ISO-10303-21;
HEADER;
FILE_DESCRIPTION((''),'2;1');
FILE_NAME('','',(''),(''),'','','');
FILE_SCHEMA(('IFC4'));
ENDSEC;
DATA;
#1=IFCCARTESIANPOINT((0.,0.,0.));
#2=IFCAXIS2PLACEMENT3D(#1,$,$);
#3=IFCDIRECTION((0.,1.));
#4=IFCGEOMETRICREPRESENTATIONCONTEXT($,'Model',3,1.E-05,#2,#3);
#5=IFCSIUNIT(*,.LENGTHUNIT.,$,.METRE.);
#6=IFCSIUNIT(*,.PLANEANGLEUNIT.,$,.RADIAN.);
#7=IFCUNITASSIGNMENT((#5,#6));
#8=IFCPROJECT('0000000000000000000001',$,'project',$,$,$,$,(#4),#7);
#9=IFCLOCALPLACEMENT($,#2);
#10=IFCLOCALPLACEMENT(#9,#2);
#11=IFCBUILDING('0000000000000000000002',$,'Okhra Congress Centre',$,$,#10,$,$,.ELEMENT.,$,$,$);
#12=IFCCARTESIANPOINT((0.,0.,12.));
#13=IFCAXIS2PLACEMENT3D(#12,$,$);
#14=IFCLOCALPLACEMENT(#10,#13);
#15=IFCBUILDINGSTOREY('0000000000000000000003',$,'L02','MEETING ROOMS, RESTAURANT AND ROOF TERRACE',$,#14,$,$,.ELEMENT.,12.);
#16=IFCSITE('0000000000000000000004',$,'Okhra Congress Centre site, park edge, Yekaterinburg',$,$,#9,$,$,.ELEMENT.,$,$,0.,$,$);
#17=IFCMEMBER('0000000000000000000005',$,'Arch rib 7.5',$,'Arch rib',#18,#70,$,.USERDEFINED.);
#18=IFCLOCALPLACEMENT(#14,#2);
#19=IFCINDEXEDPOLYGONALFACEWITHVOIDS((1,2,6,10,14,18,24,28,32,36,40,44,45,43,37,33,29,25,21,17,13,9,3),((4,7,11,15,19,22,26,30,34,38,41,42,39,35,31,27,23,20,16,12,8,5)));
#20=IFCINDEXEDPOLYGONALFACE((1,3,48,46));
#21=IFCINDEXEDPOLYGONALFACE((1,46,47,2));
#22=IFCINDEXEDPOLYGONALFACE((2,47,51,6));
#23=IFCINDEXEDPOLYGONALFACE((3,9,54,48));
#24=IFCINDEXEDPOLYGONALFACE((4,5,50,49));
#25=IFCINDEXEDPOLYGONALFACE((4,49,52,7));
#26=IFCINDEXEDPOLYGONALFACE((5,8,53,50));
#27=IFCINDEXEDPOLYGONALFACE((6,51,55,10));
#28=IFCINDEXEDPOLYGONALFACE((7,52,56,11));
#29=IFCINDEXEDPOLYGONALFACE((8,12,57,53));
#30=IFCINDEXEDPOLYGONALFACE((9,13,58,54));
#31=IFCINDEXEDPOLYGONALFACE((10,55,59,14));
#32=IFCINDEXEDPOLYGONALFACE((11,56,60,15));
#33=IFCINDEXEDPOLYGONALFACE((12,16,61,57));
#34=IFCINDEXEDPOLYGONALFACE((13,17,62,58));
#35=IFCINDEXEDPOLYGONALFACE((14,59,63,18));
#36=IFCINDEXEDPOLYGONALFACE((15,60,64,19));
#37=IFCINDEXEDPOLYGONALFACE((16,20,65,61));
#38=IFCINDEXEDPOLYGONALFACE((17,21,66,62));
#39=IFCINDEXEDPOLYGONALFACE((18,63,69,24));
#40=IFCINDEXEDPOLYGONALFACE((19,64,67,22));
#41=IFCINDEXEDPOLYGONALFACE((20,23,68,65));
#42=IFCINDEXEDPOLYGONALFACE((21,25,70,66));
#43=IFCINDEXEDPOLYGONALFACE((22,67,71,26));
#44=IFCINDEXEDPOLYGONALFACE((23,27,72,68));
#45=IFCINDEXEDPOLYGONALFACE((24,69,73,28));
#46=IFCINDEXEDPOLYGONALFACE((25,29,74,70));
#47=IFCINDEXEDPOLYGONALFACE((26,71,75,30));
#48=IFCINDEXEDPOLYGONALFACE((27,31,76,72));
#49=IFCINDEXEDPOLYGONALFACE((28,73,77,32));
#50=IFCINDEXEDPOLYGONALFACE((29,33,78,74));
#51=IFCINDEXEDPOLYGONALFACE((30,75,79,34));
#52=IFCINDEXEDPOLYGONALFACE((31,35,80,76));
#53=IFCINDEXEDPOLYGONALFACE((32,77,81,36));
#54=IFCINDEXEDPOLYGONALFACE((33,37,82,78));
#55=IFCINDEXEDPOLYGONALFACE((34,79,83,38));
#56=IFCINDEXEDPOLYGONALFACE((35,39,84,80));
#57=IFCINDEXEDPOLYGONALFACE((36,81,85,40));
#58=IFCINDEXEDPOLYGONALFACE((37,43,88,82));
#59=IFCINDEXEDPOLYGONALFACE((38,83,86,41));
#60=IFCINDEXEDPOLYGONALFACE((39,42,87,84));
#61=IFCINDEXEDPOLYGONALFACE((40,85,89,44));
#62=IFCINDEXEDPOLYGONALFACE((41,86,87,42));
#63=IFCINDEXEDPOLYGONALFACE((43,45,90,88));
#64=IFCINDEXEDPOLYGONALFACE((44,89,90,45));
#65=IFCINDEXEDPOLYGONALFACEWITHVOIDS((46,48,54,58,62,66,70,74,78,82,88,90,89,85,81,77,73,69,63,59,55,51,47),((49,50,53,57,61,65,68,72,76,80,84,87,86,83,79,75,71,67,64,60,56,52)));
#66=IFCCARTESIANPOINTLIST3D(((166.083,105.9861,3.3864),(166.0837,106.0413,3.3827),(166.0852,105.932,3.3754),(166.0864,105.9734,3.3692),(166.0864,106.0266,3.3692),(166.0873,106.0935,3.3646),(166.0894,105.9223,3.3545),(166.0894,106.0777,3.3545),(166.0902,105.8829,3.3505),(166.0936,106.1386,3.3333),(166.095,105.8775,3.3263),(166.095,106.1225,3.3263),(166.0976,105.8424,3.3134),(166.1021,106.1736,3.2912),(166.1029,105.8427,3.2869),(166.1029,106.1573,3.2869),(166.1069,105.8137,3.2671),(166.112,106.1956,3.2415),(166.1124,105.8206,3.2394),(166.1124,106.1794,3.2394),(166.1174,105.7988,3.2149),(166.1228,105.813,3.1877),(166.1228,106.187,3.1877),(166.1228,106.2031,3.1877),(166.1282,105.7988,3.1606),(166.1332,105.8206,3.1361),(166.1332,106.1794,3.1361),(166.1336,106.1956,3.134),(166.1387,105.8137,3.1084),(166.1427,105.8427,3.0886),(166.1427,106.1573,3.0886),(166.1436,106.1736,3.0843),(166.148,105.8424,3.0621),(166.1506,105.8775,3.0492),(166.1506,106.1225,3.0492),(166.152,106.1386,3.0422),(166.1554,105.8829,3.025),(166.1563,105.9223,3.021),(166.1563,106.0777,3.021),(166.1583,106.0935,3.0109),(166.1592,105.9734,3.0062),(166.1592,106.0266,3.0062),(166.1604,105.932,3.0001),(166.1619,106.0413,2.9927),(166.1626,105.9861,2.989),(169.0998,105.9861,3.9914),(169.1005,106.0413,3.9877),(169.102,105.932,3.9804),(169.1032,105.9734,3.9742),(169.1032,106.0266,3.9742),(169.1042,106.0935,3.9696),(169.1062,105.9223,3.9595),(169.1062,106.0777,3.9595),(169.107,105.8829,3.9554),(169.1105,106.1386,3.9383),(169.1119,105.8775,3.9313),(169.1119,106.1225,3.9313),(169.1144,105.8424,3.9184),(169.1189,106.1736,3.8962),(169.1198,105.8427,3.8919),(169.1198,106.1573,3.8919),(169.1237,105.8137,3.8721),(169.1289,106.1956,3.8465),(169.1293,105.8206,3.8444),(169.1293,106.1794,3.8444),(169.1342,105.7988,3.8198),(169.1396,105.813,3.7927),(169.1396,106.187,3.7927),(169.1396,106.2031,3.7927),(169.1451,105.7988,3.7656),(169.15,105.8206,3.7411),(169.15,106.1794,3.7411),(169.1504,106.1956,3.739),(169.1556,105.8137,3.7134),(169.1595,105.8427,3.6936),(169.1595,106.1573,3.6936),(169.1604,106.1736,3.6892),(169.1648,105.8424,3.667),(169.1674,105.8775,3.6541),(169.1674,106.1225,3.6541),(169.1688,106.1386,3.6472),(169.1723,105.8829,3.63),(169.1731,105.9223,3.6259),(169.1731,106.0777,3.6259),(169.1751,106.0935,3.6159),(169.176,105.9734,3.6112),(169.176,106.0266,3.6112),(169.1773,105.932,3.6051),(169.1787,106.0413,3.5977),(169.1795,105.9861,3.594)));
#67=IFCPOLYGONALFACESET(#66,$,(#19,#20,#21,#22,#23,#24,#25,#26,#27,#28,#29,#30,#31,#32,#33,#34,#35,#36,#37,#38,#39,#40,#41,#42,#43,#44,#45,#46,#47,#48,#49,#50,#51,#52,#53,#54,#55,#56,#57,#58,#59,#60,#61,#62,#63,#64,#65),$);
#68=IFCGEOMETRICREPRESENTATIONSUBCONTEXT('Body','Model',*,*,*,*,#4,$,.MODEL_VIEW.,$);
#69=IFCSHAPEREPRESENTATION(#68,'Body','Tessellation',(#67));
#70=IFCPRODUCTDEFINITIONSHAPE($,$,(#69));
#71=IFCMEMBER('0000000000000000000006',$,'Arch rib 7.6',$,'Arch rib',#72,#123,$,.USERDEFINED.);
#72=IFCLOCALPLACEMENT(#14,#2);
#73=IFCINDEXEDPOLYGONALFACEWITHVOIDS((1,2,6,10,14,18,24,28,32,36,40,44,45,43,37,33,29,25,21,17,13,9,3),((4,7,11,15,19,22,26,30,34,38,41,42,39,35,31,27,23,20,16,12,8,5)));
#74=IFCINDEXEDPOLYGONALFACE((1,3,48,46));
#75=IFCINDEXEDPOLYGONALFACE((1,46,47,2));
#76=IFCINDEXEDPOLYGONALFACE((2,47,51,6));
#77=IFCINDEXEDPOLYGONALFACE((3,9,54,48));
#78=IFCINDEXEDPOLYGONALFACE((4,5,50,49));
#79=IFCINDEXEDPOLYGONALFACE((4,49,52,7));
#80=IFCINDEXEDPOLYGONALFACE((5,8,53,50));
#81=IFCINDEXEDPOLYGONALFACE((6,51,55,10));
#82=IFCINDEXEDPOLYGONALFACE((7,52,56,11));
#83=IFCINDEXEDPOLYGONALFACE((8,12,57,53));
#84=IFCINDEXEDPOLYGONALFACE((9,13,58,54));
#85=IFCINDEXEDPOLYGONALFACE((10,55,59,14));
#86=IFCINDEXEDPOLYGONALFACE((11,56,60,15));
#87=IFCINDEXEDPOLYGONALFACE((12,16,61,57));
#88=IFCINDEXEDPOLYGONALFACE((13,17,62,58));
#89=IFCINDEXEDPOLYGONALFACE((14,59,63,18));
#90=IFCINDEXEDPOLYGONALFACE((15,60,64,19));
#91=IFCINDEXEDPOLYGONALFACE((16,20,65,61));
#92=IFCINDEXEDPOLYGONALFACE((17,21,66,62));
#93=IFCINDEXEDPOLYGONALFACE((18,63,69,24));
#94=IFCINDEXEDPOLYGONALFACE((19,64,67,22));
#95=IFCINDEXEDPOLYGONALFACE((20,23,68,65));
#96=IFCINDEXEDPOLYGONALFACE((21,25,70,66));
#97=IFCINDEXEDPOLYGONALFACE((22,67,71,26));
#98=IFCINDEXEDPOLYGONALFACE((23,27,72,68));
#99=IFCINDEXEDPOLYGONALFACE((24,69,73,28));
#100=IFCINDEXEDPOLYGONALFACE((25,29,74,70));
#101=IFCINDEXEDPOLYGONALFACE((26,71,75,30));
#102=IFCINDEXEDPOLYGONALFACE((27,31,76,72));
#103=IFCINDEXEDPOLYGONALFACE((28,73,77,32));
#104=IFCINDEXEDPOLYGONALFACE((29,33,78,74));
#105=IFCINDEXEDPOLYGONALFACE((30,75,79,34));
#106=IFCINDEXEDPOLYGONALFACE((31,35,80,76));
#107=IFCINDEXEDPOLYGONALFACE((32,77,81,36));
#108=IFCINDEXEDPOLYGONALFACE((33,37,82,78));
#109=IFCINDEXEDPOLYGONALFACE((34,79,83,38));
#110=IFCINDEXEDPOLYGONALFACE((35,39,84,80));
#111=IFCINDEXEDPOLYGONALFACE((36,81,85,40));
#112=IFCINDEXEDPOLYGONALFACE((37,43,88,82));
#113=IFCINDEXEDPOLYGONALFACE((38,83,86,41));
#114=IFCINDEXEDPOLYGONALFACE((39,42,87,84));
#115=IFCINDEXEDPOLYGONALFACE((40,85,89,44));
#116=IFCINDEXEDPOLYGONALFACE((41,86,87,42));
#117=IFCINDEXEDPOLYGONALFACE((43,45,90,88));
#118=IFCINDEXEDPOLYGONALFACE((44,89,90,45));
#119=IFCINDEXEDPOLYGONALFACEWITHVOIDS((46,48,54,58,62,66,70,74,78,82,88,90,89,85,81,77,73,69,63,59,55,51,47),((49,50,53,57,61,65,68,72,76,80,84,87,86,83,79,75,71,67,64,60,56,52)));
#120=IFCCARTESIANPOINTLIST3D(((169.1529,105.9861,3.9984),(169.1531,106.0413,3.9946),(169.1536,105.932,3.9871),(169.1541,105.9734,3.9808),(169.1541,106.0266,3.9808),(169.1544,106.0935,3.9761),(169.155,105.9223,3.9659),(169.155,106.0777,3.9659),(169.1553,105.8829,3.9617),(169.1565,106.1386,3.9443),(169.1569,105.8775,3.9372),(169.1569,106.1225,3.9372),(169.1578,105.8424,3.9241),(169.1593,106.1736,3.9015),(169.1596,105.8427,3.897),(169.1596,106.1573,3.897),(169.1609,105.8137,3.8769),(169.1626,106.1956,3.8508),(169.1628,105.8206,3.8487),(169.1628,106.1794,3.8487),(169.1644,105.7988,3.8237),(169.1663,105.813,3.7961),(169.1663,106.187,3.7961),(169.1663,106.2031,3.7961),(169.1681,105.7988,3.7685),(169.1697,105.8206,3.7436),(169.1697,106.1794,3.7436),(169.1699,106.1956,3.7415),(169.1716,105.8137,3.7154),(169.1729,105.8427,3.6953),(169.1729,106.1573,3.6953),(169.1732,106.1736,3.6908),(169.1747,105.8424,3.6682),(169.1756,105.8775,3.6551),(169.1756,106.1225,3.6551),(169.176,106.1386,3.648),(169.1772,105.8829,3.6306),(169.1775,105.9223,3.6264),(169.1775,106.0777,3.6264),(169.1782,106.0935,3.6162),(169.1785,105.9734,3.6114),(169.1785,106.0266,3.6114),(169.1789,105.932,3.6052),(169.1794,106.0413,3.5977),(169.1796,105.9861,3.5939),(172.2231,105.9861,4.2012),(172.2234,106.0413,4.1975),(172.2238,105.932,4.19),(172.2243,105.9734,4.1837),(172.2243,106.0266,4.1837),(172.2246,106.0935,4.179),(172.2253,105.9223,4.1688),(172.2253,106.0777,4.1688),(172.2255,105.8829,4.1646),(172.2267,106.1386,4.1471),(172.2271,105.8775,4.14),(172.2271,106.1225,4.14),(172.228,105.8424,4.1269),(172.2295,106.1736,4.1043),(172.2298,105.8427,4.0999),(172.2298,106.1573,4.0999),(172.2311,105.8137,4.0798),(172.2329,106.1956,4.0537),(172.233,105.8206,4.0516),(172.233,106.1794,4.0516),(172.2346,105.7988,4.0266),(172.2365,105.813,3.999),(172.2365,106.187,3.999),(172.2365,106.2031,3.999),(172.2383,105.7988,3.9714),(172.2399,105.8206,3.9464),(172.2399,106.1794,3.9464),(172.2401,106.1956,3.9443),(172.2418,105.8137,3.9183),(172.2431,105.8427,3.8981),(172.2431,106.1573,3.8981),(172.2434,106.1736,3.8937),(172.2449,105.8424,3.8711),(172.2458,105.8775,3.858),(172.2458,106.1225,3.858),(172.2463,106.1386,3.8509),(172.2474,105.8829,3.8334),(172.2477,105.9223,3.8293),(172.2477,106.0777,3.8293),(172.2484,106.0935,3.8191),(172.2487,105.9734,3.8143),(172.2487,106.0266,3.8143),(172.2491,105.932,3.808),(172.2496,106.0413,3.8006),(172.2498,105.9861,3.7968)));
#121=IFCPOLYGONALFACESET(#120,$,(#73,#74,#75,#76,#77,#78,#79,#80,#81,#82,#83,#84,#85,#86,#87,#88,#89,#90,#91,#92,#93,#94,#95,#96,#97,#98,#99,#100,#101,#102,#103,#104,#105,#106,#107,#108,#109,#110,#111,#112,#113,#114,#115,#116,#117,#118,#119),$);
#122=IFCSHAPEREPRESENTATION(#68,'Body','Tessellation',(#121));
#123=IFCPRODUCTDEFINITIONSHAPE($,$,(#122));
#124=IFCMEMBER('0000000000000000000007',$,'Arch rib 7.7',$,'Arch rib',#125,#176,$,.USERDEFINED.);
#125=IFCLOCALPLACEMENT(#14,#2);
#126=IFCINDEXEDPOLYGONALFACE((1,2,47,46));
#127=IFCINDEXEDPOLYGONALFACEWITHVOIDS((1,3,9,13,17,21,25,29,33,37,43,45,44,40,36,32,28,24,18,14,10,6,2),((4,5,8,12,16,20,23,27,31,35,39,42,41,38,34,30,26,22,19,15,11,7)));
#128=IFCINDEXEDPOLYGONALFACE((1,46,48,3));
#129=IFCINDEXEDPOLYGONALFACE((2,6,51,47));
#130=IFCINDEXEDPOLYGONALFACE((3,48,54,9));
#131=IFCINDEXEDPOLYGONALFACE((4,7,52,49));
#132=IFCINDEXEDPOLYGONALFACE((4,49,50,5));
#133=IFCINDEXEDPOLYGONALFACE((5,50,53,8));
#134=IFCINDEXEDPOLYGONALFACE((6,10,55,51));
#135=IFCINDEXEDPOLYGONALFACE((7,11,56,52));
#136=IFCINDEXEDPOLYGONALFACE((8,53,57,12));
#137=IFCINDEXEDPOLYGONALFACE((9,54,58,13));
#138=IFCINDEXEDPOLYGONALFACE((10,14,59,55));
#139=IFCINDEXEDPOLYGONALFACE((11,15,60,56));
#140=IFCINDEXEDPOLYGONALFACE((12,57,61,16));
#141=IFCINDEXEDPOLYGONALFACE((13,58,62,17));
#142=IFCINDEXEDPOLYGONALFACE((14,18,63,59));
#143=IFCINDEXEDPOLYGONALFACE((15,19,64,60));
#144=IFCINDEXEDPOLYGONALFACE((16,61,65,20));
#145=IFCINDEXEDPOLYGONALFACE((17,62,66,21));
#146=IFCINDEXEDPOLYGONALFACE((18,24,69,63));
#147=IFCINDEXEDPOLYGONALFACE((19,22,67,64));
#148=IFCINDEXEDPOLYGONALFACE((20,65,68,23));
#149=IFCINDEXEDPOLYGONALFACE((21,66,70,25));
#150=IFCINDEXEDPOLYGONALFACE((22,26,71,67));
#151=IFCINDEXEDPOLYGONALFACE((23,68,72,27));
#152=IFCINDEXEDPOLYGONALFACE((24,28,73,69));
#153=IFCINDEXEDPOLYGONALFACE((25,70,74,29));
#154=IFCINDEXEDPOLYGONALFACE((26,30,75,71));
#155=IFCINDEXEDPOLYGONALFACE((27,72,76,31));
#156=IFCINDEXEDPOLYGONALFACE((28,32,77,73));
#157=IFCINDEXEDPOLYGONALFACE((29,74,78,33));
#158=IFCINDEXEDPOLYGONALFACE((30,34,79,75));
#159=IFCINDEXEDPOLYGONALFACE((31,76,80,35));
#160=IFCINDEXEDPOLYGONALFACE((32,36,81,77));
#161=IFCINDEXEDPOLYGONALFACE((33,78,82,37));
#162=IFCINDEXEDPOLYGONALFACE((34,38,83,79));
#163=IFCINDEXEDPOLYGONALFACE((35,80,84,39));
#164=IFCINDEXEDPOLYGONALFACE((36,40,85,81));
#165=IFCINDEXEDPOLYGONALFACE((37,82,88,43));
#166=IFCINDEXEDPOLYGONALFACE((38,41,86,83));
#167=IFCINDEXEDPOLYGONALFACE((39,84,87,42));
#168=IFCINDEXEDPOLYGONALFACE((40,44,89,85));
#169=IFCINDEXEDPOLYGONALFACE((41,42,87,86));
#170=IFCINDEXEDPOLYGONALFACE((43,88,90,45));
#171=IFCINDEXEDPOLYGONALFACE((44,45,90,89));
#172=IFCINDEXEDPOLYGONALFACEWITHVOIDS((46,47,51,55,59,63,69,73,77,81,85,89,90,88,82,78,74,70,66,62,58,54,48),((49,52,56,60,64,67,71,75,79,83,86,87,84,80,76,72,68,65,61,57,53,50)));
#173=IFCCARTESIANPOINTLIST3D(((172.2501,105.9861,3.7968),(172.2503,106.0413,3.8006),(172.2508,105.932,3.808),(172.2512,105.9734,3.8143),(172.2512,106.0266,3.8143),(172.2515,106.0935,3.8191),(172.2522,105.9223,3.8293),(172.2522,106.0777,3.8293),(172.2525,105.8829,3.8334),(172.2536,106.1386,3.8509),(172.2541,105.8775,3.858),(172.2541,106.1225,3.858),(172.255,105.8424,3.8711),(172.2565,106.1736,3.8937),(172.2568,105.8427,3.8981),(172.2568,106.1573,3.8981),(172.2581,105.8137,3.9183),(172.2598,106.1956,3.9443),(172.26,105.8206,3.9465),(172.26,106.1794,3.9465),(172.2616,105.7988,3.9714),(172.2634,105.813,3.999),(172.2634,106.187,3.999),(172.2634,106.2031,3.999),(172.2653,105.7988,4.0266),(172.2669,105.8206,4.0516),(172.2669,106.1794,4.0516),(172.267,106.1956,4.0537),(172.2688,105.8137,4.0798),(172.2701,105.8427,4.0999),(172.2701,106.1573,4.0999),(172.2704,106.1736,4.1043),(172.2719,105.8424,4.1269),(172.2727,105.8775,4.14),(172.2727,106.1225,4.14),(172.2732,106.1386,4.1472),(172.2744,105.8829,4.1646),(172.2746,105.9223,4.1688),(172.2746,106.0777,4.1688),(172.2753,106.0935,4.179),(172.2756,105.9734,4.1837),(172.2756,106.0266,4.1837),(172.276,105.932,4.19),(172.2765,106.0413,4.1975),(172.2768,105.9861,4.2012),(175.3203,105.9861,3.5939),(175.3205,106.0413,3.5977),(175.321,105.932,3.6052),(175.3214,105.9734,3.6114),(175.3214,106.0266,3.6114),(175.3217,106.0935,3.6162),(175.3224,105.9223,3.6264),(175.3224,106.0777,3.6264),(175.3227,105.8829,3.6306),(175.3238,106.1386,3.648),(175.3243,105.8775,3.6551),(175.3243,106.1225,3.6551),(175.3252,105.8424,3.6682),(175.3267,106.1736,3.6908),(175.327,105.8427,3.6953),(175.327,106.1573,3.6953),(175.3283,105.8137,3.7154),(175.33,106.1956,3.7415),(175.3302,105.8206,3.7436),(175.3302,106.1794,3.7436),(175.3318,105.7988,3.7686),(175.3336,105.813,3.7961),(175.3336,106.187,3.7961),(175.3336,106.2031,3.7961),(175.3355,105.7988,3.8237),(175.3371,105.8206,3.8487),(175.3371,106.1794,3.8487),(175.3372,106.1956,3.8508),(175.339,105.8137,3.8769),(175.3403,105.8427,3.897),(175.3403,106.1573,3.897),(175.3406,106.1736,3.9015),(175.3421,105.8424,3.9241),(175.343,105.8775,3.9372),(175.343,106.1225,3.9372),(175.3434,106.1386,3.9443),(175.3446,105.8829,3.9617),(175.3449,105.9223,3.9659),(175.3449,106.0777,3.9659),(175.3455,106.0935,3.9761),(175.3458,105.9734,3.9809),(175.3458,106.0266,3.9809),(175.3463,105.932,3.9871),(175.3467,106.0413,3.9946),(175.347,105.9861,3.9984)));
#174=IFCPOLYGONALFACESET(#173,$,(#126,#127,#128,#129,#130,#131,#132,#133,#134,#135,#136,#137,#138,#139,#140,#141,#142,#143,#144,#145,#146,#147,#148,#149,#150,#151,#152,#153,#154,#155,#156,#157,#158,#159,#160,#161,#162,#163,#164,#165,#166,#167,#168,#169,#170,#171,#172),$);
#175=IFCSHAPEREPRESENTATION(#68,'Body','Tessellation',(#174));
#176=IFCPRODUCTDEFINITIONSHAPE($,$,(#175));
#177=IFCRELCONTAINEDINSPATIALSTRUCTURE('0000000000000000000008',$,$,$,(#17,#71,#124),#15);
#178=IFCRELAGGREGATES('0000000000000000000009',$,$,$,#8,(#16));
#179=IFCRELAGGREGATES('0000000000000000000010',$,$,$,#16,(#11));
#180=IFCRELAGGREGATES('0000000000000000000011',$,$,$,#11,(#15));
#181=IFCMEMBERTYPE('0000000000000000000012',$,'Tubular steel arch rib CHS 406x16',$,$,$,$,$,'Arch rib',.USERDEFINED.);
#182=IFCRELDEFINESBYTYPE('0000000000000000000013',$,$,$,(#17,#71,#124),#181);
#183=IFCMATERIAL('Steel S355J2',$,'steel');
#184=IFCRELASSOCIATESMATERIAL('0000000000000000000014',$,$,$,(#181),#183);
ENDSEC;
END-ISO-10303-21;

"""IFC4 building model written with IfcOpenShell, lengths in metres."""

from ifc_helpers import new_model, si_unit, direction, frame, origin, origin_2d, place, context, subcontext, project, spatial, hollow_circle, extrude, material, material_profile, profile_set, type_object, element, save


model = new_model("IFC4")

# Units and contexts
model_context = context("Model", 3, precision=1e-05, world=origin(), true_north=direction((0.0, 1.0)))
body_context = subcontext(model_context, "Body", "Model", "MODEL_VIEW")
ifc_project = project(units=[si_unit("LENGTHUNIT", "METRE"), si_unit("PLANEANGLEUNIT", "RADIAN")], contexts=[model_context])

# Site, building, storey
site_placement = place(None, origin())
site = spatial("IfcSite", under=ifc_project, at=site_placement, Name="Okhra Congress Centre site, park edge, Yekaterinburg", CompositionType="ELEMENT", RefElevation=0.0)
building_placement = place(site_placement, origin())
building = spatial("IfcBuilding", under=site, at=building_placement, Name="Okhra Congress Centre", CompositionType="ELEMENT")
storey_placement = place(building_placement, frame((0.0, 0.0, 12.0)))
storey = spatial("IfcBuildingStorey", under=building, at=storey_placement, Name="L02", Description="MEETING ROOMS, RESTAURANT AND ROOF TERRACE", CompositionType="ELEMENT", Elevation=12.0)

# Members
ifc_material_1 = material(Name="Steel S355J2", Category="steel")
ifc_material_profile_1 = material_profile(ifc_material_1, hollow_circle(Radius=0.2031, WallThickness=0.0161, at=origin_2d()), Name="CHS 406.4x16")
ifc_profile_set_1 = profile_set([ifc_material_profile_1], Name="Steel S355J2")
member_type_1 = type_object("IfcMemberType", Name="Tubular steel arch rib CHS 406x16", ElementType="Arch rib", PredefinedType="USERDEFINED", material=ifc_profile_set_1)
for number, where, z_axis, x_axis, name in (
    (1, (166.1228, 106.0, 3.1877), (0.98048, 0.0, 0.19662), (0.0, 1.0, 0.0), "Arch rib 7.5"),
    (2, (169.1663, 106.0, 3.7961), (0.997824, 0.0, 0.065934), (0.0, 1.0, 0.0), "Arch rib 7.6"),
    (3, (172.2634, 106.0, 3.999), (0.997824, 0.0, -0.065934), (0.0, 1.0, 0.0), "Arch rib 7.7"),
):
    element("IfcMember", number, at=place(storey_placement, frame(where, z_axis=z_axis, x_axis=x_axis)), inside=storey, type_object=member_type_1, Name=name, ObjectType="Arch rib", PredefinedType="USERDEFINED", context=body_context, shape_type="SweptSolid", body=[
        extrude(hollow_circle(Radius=0.2031, WallThickness=0.0161, at=origin_2d()), origin(), (0.0, 0.0, 1.0), 3.0769),
    ])

save(model, "model.ifc")
